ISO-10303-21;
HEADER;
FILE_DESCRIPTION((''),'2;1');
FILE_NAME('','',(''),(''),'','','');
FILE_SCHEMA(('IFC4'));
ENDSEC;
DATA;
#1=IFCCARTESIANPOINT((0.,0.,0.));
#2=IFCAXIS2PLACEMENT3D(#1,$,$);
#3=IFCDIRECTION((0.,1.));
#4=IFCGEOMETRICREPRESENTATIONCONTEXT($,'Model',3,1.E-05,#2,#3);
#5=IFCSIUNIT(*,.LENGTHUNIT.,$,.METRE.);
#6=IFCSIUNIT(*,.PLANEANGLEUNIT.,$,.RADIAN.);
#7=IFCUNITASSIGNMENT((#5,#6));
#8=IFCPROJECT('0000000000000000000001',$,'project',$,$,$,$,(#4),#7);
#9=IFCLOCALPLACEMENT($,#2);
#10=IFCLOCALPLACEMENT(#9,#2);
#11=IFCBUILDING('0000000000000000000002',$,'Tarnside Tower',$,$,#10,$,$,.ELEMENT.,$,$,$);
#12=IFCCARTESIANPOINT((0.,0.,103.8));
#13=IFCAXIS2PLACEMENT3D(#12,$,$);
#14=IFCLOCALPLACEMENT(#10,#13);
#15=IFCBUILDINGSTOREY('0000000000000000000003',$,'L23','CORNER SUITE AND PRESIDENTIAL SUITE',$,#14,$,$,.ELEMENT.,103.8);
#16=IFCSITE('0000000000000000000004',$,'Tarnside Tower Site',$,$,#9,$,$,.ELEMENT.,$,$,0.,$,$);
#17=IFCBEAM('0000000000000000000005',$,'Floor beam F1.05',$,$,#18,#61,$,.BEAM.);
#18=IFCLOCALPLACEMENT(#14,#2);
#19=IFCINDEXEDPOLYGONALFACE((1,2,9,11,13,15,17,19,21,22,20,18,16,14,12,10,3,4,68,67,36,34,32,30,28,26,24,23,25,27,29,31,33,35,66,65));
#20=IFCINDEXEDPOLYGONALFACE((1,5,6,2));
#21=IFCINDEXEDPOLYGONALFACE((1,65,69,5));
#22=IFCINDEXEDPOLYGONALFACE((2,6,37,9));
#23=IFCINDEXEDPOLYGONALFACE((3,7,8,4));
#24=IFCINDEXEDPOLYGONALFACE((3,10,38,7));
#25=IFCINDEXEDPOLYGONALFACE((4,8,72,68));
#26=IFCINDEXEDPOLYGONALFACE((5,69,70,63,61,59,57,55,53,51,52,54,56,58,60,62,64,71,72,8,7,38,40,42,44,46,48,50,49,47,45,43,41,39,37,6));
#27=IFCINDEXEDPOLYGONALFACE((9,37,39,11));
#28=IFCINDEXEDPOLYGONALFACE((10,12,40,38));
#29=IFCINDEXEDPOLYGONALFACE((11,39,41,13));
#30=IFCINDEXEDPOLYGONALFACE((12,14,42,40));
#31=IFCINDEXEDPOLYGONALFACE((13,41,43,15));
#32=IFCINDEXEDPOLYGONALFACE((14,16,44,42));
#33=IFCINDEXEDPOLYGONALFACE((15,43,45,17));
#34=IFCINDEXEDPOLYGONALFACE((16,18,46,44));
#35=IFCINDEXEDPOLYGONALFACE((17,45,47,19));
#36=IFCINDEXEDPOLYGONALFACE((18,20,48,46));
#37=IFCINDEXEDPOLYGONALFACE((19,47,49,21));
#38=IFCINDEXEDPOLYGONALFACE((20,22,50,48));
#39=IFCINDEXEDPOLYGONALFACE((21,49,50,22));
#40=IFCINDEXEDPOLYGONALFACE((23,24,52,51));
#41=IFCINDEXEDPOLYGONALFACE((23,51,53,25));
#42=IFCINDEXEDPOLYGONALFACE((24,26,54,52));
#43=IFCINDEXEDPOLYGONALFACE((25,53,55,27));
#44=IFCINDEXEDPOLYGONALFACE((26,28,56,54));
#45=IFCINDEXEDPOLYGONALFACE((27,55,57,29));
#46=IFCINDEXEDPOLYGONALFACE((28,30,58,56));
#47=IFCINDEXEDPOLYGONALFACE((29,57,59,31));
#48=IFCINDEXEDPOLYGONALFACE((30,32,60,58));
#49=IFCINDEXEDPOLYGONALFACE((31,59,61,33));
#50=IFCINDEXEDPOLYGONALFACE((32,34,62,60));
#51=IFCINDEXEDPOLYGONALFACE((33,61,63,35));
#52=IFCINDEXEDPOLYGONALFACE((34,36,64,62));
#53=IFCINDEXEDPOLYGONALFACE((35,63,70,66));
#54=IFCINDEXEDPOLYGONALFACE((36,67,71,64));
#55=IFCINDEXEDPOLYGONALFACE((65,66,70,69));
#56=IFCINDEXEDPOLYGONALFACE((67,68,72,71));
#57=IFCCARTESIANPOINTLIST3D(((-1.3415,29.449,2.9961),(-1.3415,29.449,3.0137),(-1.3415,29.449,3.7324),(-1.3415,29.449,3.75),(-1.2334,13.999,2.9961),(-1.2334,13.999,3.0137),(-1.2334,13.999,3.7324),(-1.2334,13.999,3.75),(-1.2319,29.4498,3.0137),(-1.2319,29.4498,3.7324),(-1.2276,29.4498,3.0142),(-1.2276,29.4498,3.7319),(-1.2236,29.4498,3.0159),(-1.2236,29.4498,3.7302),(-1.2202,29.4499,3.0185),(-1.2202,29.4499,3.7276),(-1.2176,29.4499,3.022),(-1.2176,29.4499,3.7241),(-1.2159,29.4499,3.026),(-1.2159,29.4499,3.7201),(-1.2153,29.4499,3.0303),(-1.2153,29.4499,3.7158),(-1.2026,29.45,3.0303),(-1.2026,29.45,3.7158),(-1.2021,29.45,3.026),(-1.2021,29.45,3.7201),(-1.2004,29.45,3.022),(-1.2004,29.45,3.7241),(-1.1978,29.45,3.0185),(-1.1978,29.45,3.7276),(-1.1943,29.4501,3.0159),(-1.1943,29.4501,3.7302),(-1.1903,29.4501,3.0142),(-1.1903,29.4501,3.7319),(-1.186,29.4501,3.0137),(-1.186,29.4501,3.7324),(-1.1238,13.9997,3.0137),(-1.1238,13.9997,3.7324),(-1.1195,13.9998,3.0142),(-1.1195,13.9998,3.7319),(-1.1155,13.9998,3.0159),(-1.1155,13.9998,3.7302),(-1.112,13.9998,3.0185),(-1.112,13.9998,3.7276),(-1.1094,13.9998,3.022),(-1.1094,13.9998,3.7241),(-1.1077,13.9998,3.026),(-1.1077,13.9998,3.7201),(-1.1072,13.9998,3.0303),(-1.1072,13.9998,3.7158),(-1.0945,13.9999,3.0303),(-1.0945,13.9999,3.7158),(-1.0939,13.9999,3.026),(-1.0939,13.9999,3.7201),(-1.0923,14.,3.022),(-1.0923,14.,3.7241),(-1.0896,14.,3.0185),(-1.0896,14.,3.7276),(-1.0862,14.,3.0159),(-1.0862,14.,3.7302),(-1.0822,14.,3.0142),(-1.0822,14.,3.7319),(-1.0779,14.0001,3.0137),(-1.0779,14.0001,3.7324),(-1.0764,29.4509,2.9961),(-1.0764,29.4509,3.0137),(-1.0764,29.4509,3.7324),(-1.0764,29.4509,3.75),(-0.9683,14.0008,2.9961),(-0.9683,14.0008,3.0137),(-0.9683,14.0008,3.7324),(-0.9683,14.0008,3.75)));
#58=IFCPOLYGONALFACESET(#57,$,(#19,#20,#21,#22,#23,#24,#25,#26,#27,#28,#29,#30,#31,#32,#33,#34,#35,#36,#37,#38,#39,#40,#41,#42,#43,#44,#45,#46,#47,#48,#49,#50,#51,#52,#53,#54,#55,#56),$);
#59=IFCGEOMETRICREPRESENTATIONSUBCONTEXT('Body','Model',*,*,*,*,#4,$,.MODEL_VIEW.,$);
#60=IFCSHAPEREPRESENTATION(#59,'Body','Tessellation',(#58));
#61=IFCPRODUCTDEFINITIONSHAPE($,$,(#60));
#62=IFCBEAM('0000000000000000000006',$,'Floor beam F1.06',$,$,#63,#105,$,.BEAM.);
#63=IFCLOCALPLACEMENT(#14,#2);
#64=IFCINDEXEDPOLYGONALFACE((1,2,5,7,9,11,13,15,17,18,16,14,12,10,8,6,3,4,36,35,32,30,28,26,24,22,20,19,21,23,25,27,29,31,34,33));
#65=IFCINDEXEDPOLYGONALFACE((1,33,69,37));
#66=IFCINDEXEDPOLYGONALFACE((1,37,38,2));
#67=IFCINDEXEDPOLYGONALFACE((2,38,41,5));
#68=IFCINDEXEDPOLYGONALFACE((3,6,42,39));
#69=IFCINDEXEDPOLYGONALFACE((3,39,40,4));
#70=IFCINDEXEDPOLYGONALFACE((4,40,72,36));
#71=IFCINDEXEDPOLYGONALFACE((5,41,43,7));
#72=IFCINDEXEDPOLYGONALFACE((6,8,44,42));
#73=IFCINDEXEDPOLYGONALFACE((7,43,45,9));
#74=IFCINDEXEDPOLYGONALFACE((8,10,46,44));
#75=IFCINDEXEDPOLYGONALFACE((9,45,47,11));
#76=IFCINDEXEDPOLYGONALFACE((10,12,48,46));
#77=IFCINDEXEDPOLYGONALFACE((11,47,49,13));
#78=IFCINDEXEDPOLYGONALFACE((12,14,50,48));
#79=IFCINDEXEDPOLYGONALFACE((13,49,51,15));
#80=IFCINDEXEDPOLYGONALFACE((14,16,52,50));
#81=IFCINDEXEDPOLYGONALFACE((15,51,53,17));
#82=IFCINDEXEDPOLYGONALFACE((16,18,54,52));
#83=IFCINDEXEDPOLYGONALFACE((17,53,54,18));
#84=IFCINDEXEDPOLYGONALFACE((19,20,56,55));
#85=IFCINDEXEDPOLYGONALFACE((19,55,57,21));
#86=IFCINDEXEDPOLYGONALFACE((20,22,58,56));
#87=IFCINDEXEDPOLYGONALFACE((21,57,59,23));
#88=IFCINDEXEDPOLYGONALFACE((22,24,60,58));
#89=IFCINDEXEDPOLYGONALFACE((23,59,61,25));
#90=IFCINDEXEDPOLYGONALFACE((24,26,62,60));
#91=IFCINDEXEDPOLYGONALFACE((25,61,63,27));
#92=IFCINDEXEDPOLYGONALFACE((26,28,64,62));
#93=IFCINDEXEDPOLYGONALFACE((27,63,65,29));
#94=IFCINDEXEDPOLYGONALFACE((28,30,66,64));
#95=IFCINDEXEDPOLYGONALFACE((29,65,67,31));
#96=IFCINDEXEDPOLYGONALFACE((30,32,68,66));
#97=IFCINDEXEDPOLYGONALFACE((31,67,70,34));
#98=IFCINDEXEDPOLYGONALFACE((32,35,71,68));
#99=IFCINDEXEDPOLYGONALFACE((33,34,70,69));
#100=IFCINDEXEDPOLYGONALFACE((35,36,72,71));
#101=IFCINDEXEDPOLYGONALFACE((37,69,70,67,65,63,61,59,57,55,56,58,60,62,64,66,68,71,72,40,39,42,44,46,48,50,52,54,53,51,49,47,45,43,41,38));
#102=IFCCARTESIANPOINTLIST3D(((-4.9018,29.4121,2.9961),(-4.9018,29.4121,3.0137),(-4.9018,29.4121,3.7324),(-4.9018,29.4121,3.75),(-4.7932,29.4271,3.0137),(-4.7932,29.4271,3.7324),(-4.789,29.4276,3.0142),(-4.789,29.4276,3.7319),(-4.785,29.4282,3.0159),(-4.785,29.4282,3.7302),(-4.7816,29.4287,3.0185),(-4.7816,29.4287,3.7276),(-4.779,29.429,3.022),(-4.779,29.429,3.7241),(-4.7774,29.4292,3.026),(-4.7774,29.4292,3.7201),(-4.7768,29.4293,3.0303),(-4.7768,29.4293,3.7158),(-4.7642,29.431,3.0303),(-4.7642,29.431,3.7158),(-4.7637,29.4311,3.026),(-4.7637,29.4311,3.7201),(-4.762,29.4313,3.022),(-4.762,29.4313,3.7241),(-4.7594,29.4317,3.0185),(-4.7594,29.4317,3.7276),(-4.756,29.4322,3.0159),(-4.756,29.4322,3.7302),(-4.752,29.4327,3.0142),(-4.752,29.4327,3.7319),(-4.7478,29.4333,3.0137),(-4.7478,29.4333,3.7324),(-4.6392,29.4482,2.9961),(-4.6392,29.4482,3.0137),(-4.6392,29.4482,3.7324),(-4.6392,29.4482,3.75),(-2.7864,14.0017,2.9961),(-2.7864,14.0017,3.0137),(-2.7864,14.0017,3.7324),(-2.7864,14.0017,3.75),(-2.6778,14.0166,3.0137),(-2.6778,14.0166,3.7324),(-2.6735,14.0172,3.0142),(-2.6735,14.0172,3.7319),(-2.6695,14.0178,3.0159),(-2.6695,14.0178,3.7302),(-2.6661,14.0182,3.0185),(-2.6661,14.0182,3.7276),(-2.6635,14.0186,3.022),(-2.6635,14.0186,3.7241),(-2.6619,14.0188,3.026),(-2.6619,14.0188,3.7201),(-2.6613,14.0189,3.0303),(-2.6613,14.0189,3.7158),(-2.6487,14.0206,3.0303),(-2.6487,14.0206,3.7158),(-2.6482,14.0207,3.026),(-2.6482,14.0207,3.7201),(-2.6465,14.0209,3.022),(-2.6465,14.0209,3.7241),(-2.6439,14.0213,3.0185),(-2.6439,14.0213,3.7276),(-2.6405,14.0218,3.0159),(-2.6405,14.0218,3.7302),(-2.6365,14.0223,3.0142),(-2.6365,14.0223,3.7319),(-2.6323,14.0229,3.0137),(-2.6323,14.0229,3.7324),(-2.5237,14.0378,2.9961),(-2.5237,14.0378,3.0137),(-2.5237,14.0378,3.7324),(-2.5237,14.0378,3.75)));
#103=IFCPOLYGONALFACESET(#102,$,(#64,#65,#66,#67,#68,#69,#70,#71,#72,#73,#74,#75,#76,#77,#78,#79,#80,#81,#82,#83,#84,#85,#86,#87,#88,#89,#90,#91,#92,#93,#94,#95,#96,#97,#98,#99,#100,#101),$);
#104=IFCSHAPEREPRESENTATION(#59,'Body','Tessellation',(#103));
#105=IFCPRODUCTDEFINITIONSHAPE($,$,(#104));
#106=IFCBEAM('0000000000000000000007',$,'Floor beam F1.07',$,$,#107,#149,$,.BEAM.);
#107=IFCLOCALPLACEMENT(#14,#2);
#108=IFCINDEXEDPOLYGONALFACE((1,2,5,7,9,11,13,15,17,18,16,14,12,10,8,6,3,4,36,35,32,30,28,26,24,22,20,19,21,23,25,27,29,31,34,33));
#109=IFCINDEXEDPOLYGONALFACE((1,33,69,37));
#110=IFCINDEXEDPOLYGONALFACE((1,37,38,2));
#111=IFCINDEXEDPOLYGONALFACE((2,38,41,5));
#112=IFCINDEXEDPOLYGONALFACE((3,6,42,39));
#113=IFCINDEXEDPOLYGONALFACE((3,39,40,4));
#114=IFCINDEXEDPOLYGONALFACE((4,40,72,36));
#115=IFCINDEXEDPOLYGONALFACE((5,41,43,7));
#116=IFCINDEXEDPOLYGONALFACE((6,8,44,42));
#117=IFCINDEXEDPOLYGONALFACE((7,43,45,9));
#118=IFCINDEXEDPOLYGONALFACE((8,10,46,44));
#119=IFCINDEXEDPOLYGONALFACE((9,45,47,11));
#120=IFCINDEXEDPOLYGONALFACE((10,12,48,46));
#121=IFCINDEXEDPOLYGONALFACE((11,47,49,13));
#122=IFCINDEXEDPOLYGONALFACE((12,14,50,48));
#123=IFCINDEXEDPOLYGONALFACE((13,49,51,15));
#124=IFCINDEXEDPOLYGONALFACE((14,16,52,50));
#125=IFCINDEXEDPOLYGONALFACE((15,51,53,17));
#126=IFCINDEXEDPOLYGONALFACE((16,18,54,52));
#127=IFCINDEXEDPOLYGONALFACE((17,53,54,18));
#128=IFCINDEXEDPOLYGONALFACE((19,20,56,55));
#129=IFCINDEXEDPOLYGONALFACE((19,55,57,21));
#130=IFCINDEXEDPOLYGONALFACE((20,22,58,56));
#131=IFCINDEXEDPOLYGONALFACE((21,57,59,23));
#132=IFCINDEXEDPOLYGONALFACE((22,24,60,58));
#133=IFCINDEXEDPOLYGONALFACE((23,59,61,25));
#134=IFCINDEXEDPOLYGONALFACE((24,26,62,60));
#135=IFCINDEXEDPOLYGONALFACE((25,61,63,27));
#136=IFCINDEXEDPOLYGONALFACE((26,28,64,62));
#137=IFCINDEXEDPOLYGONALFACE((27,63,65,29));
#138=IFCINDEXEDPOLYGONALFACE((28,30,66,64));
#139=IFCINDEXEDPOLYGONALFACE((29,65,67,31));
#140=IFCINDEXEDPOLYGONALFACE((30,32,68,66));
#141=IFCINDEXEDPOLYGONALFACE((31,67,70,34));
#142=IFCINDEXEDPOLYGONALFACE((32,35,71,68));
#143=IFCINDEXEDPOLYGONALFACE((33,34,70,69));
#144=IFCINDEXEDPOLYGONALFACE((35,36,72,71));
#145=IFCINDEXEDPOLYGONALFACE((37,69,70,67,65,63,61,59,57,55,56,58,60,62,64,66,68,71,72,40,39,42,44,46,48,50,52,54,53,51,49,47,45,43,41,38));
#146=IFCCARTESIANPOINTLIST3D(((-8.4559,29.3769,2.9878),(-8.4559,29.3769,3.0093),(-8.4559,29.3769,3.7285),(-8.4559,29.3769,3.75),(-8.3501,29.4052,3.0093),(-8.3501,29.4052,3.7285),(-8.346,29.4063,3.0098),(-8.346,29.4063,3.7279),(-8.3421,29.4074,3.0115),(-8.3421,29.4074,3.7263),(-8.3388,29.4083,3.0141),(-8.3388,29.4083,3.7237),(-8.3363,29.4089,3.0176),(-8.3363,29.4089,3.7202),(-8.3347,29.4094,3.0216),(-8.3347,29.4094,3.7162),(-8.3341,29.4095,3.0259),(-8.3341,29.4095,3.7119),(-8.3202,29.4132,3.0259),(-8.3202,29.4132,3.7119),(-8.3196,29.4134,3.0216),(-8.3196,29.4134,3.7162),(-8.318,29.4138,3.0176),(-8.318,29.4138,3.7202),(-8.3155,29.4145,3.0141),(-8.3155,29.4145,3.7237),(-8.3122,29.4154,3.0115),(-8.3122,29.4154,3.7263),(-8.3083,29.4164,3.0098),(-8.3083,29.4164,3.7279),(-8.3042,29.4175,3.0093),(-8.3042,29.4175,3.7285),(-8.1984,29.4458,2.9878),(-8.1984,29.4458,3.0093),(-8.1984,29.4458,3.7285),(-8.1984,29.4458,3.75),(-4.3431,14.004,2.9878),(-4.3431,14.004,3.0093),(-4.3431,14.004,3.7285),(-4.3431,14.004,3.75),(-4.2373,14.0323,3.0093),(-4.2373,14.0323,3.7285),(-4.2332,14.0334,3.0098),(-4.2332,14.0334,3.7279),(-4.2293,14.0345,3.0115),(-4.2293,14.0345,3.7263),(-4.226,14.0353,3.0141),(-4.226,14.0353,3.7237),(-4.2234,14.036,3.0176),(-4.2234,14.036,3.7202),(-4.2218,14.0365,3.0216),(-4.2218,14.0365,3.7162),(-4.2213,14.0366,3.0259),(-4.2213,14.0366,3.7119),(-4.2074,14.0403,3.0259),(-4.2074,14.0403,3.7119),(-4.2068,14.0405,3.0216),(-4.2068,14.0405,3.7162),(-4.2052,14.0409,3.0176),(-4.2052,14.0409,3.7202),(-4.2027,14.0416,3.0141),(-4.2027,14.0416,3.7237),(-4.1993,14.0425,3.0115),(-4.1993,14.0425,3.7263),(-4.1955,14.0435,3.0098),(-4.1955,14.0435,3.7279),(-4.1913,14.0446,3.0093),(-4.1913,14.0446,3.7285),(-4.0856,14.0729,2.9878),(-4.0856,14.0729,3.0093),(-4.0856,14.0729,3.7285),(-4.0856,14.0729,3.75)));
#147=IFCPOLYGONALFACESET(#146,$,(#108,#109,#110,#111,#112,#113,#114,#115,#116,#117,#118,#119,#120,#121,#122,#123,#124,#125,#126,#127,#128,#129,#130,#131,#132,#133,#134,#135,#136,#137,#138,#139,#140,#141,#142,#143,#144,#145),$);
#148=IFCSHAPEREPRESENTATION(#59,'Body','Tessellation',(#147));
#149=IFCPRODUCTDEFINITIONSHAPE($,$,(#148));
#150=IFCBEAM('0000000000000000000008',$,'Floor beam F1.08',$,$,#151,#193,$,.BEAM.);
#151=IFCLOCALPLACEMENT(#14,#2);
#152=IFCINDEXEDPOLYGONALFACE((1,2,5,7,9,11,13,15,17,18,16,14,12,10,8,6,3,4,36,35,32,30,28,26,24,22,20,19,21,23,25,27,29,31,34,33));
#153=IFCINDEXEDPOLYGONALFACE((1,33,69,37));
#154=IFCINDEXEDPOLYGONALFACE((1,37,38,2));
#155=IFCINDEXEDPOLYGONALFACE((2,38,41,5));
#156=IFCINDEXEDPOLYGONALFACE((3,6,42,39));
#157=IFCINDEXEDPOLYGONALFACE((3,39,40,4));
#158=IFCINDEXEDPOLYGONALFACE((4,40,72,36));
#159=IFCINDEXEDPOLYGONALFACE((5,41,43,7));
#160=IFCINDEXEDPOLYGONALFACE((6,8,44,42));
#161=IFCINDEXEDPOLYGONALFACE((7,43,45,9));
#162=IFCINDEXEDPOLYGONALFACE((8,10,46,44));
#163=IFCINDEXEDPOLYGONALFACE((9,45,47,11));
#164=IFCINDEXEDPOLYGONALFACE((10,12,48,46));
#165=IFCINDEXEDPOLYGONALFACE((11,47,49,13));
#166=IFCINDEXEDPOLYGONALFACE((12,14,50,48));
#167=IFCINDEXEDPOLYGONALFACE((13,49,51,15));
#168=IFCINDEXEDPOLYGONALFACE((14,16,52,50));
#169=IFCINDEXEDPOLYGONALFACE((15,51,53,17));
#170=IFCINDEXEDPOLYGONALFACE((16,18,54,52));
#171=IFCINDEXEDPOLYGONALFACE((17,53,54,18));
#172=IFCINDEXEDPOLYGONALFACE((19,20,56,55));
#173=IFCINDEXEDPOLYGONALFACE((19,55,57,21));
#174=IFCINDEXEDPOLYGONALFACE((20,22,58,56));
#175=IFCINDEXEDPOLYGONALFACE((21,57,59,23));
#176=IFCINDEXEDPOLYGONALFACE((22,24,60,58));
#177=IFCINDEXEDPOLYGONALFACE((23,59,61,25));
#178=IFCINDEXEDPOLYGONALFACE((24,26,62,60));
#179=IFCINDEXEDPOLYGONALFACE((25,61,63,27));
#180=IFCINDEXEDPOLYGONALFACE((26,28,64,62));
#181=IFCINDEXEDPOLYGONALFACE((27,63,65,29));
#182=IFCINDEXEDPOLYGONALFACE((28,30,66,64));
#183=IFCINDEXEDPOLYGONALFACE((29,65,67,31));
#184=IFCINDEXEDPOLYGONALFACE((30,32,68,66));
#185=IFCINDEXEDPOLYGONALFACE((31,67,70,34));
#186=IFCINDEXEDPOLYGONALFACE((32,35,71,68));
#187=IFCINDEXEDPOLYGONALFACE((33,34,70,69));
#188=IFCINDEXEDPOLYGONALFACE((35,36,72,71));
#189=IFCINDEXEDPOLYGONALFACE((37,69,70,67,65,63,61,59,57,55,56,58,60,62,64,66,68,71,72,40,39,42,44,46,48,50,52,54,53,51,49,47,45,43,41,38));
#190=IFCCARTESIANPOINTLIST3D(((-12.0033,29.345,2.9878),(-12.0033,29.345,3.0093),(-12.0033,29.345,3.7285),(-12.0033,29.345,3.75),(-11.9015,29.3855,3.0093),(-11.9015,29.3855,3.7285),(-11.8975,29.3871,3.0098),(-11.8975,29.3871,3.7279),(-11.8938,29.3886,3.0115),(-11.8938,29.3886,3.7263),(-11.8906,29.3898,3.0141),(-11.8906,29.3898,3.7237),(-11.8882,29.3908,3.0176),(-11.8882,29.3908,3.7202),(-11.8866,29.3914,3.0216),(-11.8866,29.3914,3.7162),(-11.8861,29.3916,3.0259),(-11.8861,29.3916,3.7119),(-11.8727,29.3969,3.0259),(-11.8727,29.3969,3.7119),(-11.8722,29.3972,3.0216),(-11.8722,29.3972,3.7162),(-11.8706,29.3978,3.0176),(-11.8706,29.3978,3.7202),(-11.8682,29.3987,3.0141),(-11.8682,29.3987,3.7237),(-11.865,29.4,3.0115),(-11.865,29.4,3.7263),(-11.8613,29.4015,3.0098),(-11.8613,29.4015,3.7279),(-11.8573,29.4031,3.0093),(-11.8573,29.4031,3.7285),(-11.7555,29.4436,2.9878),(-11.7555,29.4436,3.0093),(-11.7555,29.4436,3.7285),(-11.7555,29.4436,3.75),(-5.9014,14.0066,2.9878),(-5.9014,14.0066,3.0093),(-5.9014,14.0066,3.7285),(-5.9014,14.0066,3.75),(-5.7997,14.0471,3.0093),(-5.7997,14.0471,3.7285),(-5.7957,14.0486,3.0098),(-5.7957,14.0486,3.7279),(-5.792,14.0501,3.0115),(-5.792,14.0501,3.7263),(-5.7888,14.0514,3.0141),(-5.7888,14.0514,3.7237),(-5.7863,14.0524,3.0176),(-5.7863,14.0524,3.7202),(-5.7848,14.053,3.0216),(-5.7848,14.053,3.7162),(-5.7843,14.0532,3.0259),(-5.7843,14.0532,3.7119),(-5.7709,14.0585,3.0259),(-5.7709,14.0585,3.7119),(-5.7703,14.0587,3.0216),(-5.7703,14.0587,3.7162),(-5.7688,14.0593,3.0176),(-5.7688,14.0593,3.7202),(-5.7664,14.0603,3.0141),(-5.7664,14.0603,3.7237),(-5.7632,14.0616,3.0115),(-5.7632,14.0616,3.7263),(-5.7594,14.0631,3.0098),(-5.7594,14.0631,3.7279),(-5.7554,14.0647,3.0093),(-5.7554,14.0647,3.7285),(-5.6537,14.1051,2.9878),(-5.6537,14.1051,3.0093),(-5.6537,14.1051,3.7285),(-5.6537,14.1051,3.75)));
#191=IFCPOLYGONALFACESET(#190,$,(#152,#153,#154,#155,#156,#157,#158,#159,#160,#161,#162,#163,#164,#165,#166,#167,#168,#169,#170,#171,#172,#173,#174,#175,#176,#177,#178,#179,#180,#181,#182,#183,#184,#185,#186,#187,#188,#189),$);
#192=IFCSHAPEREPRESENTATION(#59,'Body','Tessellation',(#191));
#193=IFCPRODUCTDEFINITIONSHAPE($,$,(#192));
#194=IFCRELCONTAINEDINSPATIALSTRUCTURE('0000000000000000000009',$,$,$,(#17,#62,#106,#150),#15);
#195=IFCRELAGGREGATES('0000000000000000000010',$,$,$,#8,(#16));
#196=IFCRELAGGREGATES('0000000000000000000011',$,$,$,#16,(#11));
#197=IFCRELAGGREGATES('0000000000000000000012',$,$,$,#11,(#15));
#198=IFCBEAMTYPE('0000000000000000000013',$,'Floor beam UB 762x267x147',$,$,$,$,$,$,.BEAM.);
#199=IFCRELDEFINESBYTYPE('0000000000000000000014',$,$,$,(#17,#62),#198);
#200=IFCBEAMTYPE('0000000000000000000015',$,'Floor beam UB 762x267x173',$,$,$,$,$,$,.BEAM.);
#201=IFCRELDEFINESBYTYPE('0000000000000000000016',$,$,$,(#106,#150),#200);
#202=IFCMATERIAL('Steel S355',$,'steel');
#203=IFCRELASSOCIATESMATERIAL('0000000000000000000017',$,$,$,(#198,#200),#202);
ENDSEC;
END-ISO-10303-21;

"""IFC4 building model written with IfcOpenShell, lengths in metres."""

from ifc_helpers import new_model, si_unit, direction, frame, origin, origin_2d, place, context, subcontext, project, spatial, i_section, extrude, material, material_profile, profile_set, type_object, element, save


model = new_model("IFC4")

# Units and contexts
model_context = context("Model", 3, precision=1e-05, world=origin(), true_north=direction((0.0, 1.0)))
body_context = subcontext(model_context, "Body", "Model", "MODEL_VIEW")
ifc_project = project(units=[si_unit("LENGTHUNIT", "METRE"), si_unit("PLANEANGLEUNIT", "RADIAN")], contexts=[model_context])

# Site, building, storey
site_placement = place(None, origin())
site = spatial("IfcSite", under=ifc_project, at=site_placement, Name="Tarnside Tower Site", CompositionType="ELEMENT", RefElevation=0.0)
building_placement = place(site_placement, origin())
building = spatial("IfcBuilding", under=site, at=building_placement, Name="Tarnside Tower", CompositionType="ELEMENT")
storey_placement = place(building_placement, frame((0.0, 0.0, 103.8)))
storey = spatial("IfcBuildingStorey", under=building, at=storey_placement, Name="L23", Description="CORNER SUITE AND PRESIDENTIAL SUITE", CompositionType="ELEMENT", Elevation=103.8)

# Beams
ifc_material_1 = material(Name="Steel S355", Category="steel")
ifc_material_profile_1 = material_profile(ifc_material_1, i_section(OverallWidth=0.2651, OverallDepth=0.7539, WebThickness=0.0127, FlangeThickness=0.0176, FilletRadius=0.0166, at=origin_2d()), Name="UB 762x267x147")
ifc_profile_set_1 = profile_set([ifc_material_profile_1], Name="Steel S355")
beam_type_1 = type_object("IfcBeamType", Name="Floor beam UB 762x267x147", PredefinedType="BEAM", material=ifc_profile_set_1)
beam_1_placement = place(storey_placement, frame((-1.209, 29.45, 3.373), z_axis=(0.007, -0.999975, 0.0), x_axis=(0.999975, 0.007, 0.0)))
element("IfcBeam", 1, at=beam_1_placement, inside=storey, type_object=beam_type_1, Name="Floor beam F1.05", PredefinedType="BEAM", context=body_context, shape_type="SweptSolid", body=[
    extrude(i_section(OverallWidth=0.2651, OverallDepth=0.7539, WebThickness=0.0127, FlangeThickness=0.0176, FilletRadius=0.0166, at=origin_2d()), origin(), (0.0, 0.0, 1.0), 15.4504),
])
beam_2_placement = place(storey_placement, frame((-4.7705, 29.4302, 3.373), z_axis=(0.136001, -0.990709, 0.0), x_axis=(0.990709, 0.136001, 0.0)))
element("IfcBeam", 2, at=beam_2_placement, inside=storey, type_object=beam_type_1, Name="Floor beam F1.06", PredefinedType="BEAM", context=body_context, shape_type="SweptSolid", body=[
    extrude(i_section(OverallWidth=0.2651, OverallDepth=0.7539, WebThickness=0.0127, FlangeThickness=0.0176, FilletRadius=0.0166, at=origin_2d()), origin(), (0.0, 0.0, 1.0), 15.5549),
])
ifc_material_profile_2 = material_profile(ifc_material_1, i_section(OverallWidth=0.2666, OverallDepth=0.7622, WebThickness=0.0144, FlangeThickness=0.0215, FilletRadius=0.0166, at=origin_2d()), Name="UB 762x267x173")
ifc_profile_set_2 = profile_set([ifc_material_profile_2], Name="Steel S355")
beam_type_2 = type_object("IfcBeamType", Name="Floor beam UB 762x267x173", PredefinedType="BEAM", material=ifc_profile_set_2)
beam_3_placement = place(storey_placement, frame((-8.3271, 29.4114, 3.3689), z_axis=(0.258447, -0.966025, 0.0), x_axis=(0.966025, 0.258447, 0.0)))
element("IfcBeam", 3, at=beam_3_placement, inside=storey, type_object=beam_type_2, Name="Floor beam F1.07", PredefinedType="BEAM", context=body_context, shape_type="SweptSolid", body=[
    extrude(i_section(OverallWidth=0.2666, OverallDepth=0.7622, WebThickness=0.0144, FlangeThickness=0.0215, FilletRadius=0.0166, at=origin_2d()), origin(), (0.0, 0.0, 1.0), 15.9136),
])
beam_4_placement = place(storey_placement, frame((-11.8794, 29.3943, 3.3689), z_axis=(0.369638, -0.929176, 0.0), x_axis=(0.929176, 0.369638, 0.0)))
element("IfcBeam", 4, at=beam_4_placement, inside=storey, type_object=beam_type_2, Name="Floor beam F1.08", PredefinedType="BEAM", context=body_context, shape_type="SweptSolid", body=[
    extrude(i_section(OverallWidth=0.2666, OverallDepth=0.7622, WebThickness=0.0144, FlangeThickness=0.0215, FilletRadius=0.0166, at=origin_2d()), origin(), (0.0, 0.0, 1.0), 16.5076),
])

save(model, "model.ifc")
